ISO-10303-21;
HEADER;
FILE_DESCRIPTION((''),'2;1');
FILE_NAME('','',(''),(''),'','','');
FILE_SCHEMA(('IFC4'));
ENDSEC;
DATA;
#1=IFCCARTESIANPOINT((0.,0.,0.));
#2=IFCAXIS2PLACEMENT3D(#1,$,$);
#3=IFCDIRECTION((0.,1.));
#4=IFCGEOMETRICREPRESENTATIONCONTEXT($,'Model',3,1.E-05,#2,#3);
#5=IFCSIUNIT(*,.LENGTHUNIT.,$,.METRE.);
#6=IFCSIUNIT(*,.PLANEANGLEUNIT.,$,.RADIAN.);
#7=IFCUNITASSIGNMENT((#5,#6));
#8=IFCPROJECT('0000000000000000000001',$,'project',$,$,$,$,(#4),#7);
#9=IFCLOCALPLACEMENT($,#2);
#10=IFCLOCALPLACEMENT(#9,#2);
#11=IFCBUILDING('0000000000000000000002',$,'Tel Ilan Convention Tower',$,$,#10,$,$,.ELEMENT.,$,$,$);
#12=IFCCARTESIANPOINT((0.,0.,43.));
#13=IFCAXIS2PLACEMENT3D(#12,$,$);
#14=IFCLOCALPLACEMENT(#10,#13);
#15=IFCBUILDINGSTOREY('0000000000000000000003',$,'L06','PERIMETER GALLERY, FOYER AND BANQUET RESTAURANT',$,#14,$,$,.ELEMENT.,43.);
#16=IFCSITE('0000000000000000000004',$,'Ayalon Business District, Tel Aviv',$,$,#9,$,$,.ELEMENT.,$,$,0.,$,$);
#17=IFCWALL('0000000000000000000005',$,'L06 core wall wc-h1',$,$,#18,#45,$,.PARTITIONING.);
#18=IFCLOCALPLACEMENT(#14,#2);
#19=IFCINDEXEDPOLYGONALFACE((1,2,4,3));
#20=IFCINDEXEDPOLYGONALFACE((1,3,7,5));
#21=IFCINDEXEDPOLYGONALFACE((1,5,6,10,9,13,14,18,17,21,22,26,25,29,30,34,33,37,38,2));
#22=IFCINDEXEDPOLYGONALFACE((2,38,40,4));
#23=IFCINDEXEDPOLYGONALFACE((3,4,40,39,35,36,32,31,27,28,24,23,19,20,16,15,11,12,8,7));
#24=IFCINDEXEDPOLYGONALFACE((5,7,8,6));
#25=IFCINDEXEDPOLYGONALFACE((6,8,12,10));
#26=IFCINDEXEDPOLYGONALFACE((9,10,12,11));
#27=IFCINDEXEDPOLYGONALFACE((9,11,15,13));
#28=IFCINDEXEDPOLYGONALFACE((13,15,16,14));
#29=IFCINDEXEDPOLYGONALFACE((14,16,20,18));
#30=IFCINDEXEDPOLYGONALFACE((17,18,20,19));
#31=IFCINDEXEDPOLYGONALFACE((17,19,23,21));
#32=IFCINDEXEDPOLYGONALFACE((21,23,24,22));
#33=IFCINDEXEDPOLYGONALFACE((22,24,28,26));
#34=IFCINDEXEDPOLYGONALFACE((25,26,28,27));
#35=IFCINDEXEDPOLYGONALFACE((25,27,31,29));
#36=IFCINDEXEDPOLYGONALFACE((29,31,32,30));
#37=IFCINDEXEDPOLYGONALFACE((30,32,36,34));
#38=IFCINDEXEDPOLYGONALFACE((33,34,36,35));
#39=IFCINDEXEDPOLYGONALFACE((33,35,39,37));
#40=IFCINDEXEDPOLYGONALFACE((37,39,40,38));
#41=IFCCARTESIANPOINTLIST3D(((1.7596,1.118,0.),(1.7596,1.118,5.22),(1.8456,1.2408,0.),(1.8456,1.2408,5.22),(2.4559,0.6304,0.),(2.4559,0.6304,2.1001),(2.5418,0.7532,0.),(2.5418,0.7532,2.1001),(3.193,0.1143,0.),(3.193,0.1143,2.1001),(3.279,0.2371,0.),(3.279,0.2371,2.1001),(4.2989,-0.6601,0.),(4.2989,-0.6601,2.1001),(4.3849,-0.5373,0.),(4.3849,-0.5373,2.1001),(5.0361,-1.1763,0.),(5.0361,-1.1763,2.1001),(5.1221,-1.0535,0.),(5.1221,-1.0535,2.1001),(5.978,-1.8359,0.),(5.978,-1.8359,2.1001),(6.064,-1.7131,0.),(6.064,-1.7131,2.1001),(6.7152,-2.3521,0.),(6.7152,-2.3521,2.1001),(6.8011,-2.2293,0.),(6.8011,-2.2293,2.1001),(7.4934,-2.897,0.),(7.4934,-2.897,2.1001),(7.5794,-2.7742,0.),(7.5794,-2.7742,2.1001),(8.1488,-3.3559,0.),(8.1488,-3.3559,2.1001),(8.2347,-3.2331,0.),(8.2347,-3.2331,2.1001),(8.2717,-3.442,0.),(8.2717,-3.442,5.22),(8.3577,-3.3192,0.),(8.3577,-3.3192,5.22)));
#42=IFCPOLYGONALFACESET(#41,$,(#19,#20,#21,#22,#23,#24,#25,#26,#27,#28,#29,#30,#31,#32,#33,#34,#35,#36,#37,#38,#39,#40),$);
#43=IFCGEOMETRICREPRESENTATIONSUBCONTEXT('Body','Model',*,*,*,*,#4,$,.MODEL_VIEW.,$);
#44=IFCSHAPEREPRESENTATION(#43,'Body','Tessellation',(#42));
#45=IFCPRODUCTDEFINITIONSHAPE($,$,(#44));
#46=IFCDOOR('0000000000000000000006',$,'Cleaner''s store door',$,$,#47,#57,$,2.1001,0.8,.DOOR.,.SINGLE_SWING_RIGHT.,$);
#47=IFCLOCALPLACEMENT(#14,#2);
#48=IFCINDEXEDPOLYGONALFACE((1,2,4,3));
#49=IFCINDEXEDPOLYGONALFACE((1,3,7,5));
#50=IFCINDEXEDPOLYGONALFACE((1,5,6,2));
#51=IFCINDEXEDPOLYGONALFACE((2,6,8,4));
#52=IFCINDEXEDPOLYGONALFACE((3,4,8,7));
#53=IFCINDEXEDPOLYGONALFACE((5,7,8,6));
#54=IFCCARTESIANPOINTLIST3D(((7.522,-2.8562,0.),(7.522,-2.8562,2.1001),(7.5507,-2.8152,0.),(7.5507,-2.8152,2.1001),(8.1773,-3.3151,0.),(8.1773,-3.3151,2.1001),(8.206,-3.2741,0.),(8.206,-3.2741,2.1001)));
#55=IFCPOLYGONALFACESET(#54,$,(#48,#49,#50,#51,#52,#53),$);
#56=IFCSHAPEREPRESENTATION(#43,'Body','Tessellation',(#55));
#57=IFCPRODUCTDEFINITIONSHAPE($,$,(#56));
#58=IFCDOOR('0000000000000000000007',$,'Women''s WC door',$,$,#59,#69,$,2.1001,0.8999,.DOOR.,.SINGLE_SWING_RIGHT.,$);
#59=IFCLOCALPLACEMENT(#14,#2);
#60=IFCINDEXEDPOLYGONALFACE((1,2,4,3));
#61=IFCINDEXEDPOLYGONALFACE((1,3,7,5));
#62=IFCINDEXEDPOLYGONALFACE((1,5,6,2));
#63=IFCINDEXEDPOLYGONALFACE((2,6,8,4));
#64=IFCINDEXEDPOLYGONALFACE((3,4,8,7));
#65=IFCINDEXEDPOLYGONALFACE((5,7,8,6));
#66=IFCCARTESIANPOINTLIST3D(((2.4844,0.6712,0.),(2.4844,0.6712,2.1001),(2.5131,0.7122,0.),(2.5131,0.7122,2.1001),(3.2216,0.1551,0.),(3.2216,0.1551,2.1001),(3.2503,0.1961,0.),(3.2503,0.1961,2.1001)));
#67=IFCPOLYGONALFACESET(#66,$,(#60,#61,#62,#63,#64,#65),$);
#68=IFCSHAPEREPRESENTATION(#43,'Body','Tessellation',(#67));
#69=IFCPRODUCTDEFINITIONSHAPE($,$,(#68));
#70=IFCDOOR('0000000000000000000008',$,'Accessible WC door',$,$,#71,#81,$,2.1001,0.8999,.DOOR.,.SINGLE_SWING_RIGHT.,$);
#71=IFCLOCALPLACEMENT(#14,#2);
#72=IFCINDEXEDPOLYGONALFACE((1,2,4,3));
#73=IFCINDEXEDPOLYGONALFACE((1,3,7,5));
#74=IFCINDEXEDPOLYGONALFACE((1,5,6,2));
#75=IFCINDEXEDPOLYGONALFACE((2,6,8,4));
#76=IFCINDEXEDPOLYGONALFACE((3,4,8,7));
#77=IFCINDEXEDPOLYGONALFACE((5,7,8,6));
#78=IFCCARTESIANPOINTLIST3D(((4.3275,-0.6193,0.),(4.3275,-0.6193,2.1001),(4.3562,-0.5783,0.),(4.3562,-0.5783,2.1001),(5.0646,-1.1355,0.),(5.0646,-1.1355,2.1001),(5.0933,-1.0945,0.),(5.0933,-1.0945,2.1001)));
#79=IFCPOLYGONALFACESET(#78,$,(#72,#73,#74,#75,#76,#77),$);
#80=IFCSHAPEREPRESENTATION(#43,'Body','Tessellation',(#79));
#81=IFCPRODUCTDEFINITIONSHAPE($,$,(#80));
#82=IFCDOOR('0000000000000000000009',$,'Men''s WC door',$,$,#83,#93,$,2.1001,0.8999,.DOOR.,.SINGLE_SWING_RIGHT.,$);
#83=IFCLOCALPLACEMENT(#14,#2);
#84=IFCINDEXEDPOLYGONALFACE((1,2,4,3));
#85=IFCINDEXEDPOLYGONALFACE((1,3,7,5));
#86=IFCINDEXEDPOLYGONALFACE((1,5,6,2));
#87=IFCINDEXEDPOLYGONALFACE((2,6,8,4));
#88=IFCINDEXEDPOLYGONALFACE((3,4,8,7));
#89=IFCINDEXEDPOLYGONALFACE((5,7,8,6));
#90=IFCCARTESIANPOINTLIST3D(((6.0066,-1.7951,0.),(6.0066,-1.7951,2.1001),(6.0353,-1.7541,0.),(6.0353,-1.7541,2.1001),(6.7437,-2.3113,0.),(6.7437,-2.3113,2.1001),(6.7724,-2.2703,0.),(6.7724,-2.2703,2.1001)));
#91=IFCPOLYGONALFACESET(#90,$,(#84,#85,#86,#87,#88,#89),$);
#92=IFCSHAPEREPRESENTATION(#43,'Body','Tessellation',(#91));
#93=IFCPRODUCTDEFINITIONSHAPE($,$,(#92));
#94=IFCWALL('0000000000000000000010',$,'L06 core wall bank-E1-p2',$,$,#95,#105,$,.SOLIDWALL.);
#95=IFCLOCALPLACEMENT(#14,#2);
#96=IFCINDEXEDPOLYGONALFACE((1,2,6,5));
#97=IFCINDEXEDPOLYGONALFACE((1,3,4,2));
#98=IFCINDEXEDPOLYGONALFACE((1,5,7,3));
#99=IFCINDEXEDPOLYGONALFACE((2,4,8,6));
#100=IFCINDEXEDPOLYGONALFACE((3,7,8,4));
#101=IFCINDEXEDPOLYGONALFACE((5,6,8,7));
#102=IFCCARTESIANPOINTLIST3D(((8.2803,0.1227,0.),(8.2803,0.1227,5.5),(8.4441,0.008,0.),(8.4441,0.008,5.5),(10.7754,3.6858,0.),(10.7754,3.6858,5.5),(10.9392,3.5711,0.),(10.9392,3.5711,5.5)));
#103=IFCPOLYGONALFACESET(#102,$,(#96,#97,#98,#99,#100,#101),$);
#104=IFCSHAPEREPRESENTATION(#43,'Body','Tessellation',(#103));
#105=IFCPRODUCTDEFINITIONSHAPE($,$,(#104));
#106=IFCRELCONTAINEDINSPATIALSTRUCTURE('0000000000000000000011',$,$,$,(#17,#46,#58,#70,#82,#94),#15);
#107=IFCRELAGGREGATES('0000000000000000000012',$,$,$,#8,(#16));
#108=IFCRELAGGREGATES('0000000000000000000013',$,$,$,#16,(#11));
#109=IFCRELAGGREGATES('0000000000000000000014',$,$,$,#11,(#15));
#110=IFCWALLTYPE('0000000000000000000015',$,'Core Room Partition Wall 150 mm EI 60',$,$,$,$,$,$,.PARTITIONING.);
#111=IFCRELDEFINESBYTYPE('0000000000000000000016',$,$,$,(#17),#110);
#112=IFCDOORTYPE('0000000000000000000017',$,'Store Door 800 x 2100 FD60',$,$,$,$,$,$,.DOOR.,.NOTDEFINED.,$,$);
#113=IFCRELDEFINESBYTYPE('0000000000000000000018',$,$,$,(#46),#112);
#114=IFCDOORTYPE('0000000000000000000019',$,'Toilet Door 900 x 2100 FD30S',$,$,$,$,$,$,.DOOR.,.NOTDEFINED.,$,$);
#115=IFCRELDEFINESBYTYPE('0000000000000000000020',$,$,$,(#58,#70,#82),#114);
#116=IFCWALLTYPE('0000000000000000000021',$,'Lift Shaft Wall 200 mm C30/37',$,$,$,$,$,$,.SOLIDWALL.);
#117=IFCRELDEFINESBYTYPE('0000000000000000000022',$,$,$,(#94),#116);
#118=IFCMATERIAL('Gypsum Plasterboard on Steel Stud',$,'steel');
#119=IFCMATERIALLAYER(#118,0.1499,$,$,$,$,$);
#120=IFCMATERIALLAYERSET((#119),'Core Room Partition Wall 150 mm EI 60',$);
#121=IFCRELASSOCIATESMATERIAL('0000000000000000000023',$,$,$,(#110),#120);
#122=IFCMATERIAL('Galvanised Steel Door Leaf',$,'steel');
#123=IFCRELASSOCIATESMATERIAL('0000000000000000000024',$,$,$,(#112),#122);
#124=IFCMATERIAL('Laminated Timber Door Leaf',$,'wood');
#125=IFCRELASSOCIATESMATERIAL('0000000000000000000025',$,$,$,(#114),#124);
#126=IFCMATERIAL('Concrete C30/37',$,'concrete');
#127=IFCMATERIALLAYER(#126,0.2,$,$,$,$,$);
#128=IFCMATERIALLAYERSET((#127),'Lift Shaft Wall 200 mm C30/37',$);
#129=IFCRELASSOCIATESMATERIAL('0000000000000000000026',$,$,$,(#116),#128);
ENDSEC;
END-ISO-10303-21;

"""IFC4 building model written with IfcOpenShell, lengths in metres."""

from ifc_helpers import new_model, si_unit, direction, frame, frame_2d, origin, place, context, subcontext, project, spatial, rectangle, extrude, material, layer, layer_set, type_object, element, fill, save


model = new_model("IFC4")

# Units and contexts
model_context = context("Model", 3, precision=1e-05, world=origin(), true_north=direction((0.0, 1.0)))
body_context = subcontext(model_context, "Body", "Model", "MODEL_VIEW")
ifc_project = project(units=[si_unit("LENGTHUNIT", "METRE"), si_unit("PLANEANGLEUNIT", "RADIAN")], contexts=[model_context])

# Site, building, storey
site_placement = place(None, origin())
site = spatial("IfcSite", under=ifc_project, at=site_placement, Name="Ayalon Business District, Tel Aviv", CompositionType="ELEMENT", RefElevation=0.0)
building_placement = place(site_placement, origin())
building = spatial("IfcBuilding", under=site, at=building_placement, Name="Tel Ilan Convention Tower", CompositionType="ELEMENT")
storey_placement = place(building_placement, frame((0.0, 0.0, 43.0)))
storey = spatial("IfcBuildingStorey", under=building, at=storey_placement, Name="L06", Description="PERIMETER GALLERY, FOYER AND BANQUET RESTAURANT", CompositionType="ELEMENT", Elevation=43.0)

# Wall, openings, doors
ifc_material_1 = material(Name="Gypsum Plasterboard on Steel Stud", Category="steel")
ifc_layer_1 = layer(ifc_material_1, 0.1499)
ifc_layer_set_1 = layer_set([ifc_layer_1], Name="Core Room Partition Wall 150 mm EI 60")
wall_type_1 = type_object("IfcWallType", Name="Core Room Partition Wall 150 mm EI 60", PredefinedType="PARTITIONING", material=ifc_layer_set_1)
wall_1_placement = place(storey_placement, frame((1.8025, 1.1794, 0.0), z_axis=(0.0, 0.0, 1.0), x_axis=(0.819142, -0.57359, 0.0)))
wall_1 = element("IfcWall", 1, at=wall_1_placement, inside=storey, type_object=wall_type_1, Name="L06 core wall wc-h1", PredefinedType="PARTITIONING", context=body_context, shape_type="SweptSolid", body=[
    extrude(rectangle(XDim=7.95, YDim=0.1499, at=frame_2d((3.9751, 0.0))), origin(), (0.0, 0.0, 1.0), 5.22),
])
opening_1_placement = place(wall_1_placement, frame((0.8501, 0.0, 0.0)))
opening_1 = element("IfcOpeningElement", 2, at=opening_1_placement, cuts=wall_1, PredefinedType="OPENING", context=body_context, shape_type="SweptSolid", body=[
    extrude(rectangle(XDim=0.8999, YDim=2.1001, at=frame_2d((0.45, 1.05))), frame((0.0, 0.085, 0.0), z_axis=(0.0, -1.0, 0.0), x_axis=(1.0, 0.0, 0.0)), (0.0, 0.0, 1.0), 0.1699),
])
opening_2_placement = place(wall_1_placement, frame((3.1001, 0.0, 0.0)))
opening_2 = element("IfcOpeningElement", 3, at=opening_2_placement, cuts=wall_1, PredefinedType="OPENING", context=body_context, shape_type="SweptSolid", body=[
    extrude(rectangle(XDim=0.8999, YDim=2.1001, at=frame_2d((0.45, 1.05))), frame((0.0, 0.085, 0.0), z_axis=(0.0, -1.0, 0.0), x_axis=(1.0, 0.0, 0.0)), (0.0, 0.0, 1.0), 0.1699),
])
opening_3_placement = place(wall_1_placement, frame((5.1499, 0.0, 0.0)))
opening_3 = element("IfcOpeningElement", 4, at=opening_3_placement, cuts=wall_1, PredefinedType="OPENING", context=body_context, shape_type="SweptSolid", body=[
    extrude(rectangle(XDim=0.8999, YDim=2.1001, at=frame_2d((0.45, 1.05))), frame((0.0, 0.085, 0.0), z_axis=(0.0, -1.0, 0.0), x_axis=(1.0, 0.0, 0.0)), (0.0, 0.0, 1.0), 0.1699),
])
opening_4_placement = place(wall_1_placement, frame((7.0, 0.0, 0.0)))
opening_4 = element("IfcOpeningElement", 5, at=opening_4_placement, cuts=wall_1, PredefinedType="OPENING", context=body_context, shape_type="SweptSolid", body=[
    extrude(rectangle(XDim=0.8, YDim=2.1001, at=frame_2d((0.3999, 1.05))), frame((0.0, 0.085, 0.0), z_axis=(0.0, -1.0, 0.0), x_axis=(1.0, 0.0, 0.0)), (0.0, 0.0, 1.0), 0.1699),
])
ifc_material_2 = material(Name="Galvanised Steel Door Leaf", Category="steel")
door_type_1 = type_object("IfcDoorType", Name="Store Door 800 x 2100 FD60", OperationType="NOTDEFINED", PredefinedType="DOOR", material=ifc_material_2)
door_1_placement = place(opening_4_placement, origin())
door_1 = element("IfcDoor", 6, at=door_1_placement, inside=storey, type_object=door_type_1, Name="Cleaner's store door", OperationType="SINGLE_SWING_RIGHT", OverallHeight=2.1001, OverallWidth=0.8, PredefinedType="DOOR", context=body_context, shape_type="SweptSolid", body=[
    extrude(rectangle(XDim=0.8, YDim=2.1001, at=frame_2d((0.3999, 1.05))), frame((0.0, 0.0249, 0.0), z_axis=(0.0, -1.0, 0.0), x_axis=(1.0, 0.0, 0.0)), (0.0, 0.0, 1.0), 0.05),
])
fill(opening_4, door_1)
ifc_material_3 = material(Name="Laminated Timber Door Leaf", Category="wood")
door_type_2 = type_object("IfcDoorType", Name="Toilet Door 900 x 2100 FD30S", OperationType="NOTDEFINED", PredefinedType="DOOR", material=ifc_material_3)
door_2_placement = place(opening_1_placement, origin())
door_2 = element("IfcDoor", 7, at=door_2_placement, inside=storey, type_object=door_type_2, Name="Women's WC door", OperationType="SINGLE_SWING_RIGHT", OverallHeight=2.1001, OverallWidth=0.8999, PredefinedType="DOOR", context=body_context, shape_type="SweptSolid", body=[
    extrude(rectangle(XDim=0.8999, YDim=2.1001, at=frame_2d((0.45, 1.05))), frame((0.0, 0.0249, 0.0), z_axis=(0.0, -1.0, 0.0), x_axis=(1.0, 0.0, 0.0)), (0.0, 0.0, 1.0), 0.05),
])
fill(opening_1, door_2)
door_3_placement = place(opening_2_placement, origin())
door_3 = element("IfcDoor", 8, at=door_3_placement, inside=storey, type_object=door_type_2, Name="Accessible WC door", OperationType="SINGLE_SWING_RIGHT", OverallHeight=2.1001, OverallWidth=0.8999, PredefinedType="DOOR", context=body_context, shape_type="SweptSolid", body=[
    extrude(rectangle(XDim=0.8999, YDim=2.1001, at=frame_2d((0.45, 1.05))), frame((0.0, 0.0249, 0.0), z_axis=(0.0, -1.0, 0.0), x_axis=(1.0, 0.0, 0.0)), (0.0, 0.0, 1.0), 0.05),
])
fill(opening_2, door_3)
door_4_placement = place(opening_3_placement, origin())
door_4 = element("IfcDoor", 9, at=door_4_placement, inside=storey, type_object=door_type_2, Name="Men's WC door", OperationType="SINGLE_SWING_RIGHT", OverallHeight=2.1001, OverallWidth=0.8999, PredefinedType="DOOR", context=body_context, shape_type="SweptSolid", body=[
    extrude(rectangle(XDim=0.8999, YDim=2.1001, at=frame_2d((0.45, 1.05))), frame((0.0, 0.0249, 0.0), z_axis=(0.0, -1.0, 0.0), x_axis=(1.0, 0.0, 0.0)), (0.0, 0.0, 1.0), 0.05),
])
fill(opening_3, door_4)

# Wall
ifc_material_4 = material(Name="Concrete C30/37", Category="concrete")
ifc_layer_2 = layer(ifc_material_4, 0.2)
ifc_layer_set_2 = layer_set([ifc_layer_2], Name="Lift Shaft Wall 200 mm C30/37")
wall_type_2 = type_object("IfcWallType", Name="Lift Shaft Wall 200 mm C30/37", PredefinedType="SOLIDWALL", material=ifc_layer_set_2)
wall_2_placement = place(storey_placement, frame((8.3623, 0.0654, 0.0), z_axis=(0.0, 0.0, 1.0), x_axis=(0.573594, 0.81914, 0.0)))
element("IfcWall", 10, at=wall_2_placement, inside=storey, type_object=wall_type_2, Name="L06 core wall bank-E1-p2", PredefinedType="SOLIDWALL", context=body_context, shape_type="SweptSolid", body=[
    extrude(rectangle(XDim=4.3499, YDim=0.2, at=frame_2d((2.1748, 0.0))), origin(), (0.0, 0.0, 1.0), 5.5),
])

save(model, "model.ifc")
